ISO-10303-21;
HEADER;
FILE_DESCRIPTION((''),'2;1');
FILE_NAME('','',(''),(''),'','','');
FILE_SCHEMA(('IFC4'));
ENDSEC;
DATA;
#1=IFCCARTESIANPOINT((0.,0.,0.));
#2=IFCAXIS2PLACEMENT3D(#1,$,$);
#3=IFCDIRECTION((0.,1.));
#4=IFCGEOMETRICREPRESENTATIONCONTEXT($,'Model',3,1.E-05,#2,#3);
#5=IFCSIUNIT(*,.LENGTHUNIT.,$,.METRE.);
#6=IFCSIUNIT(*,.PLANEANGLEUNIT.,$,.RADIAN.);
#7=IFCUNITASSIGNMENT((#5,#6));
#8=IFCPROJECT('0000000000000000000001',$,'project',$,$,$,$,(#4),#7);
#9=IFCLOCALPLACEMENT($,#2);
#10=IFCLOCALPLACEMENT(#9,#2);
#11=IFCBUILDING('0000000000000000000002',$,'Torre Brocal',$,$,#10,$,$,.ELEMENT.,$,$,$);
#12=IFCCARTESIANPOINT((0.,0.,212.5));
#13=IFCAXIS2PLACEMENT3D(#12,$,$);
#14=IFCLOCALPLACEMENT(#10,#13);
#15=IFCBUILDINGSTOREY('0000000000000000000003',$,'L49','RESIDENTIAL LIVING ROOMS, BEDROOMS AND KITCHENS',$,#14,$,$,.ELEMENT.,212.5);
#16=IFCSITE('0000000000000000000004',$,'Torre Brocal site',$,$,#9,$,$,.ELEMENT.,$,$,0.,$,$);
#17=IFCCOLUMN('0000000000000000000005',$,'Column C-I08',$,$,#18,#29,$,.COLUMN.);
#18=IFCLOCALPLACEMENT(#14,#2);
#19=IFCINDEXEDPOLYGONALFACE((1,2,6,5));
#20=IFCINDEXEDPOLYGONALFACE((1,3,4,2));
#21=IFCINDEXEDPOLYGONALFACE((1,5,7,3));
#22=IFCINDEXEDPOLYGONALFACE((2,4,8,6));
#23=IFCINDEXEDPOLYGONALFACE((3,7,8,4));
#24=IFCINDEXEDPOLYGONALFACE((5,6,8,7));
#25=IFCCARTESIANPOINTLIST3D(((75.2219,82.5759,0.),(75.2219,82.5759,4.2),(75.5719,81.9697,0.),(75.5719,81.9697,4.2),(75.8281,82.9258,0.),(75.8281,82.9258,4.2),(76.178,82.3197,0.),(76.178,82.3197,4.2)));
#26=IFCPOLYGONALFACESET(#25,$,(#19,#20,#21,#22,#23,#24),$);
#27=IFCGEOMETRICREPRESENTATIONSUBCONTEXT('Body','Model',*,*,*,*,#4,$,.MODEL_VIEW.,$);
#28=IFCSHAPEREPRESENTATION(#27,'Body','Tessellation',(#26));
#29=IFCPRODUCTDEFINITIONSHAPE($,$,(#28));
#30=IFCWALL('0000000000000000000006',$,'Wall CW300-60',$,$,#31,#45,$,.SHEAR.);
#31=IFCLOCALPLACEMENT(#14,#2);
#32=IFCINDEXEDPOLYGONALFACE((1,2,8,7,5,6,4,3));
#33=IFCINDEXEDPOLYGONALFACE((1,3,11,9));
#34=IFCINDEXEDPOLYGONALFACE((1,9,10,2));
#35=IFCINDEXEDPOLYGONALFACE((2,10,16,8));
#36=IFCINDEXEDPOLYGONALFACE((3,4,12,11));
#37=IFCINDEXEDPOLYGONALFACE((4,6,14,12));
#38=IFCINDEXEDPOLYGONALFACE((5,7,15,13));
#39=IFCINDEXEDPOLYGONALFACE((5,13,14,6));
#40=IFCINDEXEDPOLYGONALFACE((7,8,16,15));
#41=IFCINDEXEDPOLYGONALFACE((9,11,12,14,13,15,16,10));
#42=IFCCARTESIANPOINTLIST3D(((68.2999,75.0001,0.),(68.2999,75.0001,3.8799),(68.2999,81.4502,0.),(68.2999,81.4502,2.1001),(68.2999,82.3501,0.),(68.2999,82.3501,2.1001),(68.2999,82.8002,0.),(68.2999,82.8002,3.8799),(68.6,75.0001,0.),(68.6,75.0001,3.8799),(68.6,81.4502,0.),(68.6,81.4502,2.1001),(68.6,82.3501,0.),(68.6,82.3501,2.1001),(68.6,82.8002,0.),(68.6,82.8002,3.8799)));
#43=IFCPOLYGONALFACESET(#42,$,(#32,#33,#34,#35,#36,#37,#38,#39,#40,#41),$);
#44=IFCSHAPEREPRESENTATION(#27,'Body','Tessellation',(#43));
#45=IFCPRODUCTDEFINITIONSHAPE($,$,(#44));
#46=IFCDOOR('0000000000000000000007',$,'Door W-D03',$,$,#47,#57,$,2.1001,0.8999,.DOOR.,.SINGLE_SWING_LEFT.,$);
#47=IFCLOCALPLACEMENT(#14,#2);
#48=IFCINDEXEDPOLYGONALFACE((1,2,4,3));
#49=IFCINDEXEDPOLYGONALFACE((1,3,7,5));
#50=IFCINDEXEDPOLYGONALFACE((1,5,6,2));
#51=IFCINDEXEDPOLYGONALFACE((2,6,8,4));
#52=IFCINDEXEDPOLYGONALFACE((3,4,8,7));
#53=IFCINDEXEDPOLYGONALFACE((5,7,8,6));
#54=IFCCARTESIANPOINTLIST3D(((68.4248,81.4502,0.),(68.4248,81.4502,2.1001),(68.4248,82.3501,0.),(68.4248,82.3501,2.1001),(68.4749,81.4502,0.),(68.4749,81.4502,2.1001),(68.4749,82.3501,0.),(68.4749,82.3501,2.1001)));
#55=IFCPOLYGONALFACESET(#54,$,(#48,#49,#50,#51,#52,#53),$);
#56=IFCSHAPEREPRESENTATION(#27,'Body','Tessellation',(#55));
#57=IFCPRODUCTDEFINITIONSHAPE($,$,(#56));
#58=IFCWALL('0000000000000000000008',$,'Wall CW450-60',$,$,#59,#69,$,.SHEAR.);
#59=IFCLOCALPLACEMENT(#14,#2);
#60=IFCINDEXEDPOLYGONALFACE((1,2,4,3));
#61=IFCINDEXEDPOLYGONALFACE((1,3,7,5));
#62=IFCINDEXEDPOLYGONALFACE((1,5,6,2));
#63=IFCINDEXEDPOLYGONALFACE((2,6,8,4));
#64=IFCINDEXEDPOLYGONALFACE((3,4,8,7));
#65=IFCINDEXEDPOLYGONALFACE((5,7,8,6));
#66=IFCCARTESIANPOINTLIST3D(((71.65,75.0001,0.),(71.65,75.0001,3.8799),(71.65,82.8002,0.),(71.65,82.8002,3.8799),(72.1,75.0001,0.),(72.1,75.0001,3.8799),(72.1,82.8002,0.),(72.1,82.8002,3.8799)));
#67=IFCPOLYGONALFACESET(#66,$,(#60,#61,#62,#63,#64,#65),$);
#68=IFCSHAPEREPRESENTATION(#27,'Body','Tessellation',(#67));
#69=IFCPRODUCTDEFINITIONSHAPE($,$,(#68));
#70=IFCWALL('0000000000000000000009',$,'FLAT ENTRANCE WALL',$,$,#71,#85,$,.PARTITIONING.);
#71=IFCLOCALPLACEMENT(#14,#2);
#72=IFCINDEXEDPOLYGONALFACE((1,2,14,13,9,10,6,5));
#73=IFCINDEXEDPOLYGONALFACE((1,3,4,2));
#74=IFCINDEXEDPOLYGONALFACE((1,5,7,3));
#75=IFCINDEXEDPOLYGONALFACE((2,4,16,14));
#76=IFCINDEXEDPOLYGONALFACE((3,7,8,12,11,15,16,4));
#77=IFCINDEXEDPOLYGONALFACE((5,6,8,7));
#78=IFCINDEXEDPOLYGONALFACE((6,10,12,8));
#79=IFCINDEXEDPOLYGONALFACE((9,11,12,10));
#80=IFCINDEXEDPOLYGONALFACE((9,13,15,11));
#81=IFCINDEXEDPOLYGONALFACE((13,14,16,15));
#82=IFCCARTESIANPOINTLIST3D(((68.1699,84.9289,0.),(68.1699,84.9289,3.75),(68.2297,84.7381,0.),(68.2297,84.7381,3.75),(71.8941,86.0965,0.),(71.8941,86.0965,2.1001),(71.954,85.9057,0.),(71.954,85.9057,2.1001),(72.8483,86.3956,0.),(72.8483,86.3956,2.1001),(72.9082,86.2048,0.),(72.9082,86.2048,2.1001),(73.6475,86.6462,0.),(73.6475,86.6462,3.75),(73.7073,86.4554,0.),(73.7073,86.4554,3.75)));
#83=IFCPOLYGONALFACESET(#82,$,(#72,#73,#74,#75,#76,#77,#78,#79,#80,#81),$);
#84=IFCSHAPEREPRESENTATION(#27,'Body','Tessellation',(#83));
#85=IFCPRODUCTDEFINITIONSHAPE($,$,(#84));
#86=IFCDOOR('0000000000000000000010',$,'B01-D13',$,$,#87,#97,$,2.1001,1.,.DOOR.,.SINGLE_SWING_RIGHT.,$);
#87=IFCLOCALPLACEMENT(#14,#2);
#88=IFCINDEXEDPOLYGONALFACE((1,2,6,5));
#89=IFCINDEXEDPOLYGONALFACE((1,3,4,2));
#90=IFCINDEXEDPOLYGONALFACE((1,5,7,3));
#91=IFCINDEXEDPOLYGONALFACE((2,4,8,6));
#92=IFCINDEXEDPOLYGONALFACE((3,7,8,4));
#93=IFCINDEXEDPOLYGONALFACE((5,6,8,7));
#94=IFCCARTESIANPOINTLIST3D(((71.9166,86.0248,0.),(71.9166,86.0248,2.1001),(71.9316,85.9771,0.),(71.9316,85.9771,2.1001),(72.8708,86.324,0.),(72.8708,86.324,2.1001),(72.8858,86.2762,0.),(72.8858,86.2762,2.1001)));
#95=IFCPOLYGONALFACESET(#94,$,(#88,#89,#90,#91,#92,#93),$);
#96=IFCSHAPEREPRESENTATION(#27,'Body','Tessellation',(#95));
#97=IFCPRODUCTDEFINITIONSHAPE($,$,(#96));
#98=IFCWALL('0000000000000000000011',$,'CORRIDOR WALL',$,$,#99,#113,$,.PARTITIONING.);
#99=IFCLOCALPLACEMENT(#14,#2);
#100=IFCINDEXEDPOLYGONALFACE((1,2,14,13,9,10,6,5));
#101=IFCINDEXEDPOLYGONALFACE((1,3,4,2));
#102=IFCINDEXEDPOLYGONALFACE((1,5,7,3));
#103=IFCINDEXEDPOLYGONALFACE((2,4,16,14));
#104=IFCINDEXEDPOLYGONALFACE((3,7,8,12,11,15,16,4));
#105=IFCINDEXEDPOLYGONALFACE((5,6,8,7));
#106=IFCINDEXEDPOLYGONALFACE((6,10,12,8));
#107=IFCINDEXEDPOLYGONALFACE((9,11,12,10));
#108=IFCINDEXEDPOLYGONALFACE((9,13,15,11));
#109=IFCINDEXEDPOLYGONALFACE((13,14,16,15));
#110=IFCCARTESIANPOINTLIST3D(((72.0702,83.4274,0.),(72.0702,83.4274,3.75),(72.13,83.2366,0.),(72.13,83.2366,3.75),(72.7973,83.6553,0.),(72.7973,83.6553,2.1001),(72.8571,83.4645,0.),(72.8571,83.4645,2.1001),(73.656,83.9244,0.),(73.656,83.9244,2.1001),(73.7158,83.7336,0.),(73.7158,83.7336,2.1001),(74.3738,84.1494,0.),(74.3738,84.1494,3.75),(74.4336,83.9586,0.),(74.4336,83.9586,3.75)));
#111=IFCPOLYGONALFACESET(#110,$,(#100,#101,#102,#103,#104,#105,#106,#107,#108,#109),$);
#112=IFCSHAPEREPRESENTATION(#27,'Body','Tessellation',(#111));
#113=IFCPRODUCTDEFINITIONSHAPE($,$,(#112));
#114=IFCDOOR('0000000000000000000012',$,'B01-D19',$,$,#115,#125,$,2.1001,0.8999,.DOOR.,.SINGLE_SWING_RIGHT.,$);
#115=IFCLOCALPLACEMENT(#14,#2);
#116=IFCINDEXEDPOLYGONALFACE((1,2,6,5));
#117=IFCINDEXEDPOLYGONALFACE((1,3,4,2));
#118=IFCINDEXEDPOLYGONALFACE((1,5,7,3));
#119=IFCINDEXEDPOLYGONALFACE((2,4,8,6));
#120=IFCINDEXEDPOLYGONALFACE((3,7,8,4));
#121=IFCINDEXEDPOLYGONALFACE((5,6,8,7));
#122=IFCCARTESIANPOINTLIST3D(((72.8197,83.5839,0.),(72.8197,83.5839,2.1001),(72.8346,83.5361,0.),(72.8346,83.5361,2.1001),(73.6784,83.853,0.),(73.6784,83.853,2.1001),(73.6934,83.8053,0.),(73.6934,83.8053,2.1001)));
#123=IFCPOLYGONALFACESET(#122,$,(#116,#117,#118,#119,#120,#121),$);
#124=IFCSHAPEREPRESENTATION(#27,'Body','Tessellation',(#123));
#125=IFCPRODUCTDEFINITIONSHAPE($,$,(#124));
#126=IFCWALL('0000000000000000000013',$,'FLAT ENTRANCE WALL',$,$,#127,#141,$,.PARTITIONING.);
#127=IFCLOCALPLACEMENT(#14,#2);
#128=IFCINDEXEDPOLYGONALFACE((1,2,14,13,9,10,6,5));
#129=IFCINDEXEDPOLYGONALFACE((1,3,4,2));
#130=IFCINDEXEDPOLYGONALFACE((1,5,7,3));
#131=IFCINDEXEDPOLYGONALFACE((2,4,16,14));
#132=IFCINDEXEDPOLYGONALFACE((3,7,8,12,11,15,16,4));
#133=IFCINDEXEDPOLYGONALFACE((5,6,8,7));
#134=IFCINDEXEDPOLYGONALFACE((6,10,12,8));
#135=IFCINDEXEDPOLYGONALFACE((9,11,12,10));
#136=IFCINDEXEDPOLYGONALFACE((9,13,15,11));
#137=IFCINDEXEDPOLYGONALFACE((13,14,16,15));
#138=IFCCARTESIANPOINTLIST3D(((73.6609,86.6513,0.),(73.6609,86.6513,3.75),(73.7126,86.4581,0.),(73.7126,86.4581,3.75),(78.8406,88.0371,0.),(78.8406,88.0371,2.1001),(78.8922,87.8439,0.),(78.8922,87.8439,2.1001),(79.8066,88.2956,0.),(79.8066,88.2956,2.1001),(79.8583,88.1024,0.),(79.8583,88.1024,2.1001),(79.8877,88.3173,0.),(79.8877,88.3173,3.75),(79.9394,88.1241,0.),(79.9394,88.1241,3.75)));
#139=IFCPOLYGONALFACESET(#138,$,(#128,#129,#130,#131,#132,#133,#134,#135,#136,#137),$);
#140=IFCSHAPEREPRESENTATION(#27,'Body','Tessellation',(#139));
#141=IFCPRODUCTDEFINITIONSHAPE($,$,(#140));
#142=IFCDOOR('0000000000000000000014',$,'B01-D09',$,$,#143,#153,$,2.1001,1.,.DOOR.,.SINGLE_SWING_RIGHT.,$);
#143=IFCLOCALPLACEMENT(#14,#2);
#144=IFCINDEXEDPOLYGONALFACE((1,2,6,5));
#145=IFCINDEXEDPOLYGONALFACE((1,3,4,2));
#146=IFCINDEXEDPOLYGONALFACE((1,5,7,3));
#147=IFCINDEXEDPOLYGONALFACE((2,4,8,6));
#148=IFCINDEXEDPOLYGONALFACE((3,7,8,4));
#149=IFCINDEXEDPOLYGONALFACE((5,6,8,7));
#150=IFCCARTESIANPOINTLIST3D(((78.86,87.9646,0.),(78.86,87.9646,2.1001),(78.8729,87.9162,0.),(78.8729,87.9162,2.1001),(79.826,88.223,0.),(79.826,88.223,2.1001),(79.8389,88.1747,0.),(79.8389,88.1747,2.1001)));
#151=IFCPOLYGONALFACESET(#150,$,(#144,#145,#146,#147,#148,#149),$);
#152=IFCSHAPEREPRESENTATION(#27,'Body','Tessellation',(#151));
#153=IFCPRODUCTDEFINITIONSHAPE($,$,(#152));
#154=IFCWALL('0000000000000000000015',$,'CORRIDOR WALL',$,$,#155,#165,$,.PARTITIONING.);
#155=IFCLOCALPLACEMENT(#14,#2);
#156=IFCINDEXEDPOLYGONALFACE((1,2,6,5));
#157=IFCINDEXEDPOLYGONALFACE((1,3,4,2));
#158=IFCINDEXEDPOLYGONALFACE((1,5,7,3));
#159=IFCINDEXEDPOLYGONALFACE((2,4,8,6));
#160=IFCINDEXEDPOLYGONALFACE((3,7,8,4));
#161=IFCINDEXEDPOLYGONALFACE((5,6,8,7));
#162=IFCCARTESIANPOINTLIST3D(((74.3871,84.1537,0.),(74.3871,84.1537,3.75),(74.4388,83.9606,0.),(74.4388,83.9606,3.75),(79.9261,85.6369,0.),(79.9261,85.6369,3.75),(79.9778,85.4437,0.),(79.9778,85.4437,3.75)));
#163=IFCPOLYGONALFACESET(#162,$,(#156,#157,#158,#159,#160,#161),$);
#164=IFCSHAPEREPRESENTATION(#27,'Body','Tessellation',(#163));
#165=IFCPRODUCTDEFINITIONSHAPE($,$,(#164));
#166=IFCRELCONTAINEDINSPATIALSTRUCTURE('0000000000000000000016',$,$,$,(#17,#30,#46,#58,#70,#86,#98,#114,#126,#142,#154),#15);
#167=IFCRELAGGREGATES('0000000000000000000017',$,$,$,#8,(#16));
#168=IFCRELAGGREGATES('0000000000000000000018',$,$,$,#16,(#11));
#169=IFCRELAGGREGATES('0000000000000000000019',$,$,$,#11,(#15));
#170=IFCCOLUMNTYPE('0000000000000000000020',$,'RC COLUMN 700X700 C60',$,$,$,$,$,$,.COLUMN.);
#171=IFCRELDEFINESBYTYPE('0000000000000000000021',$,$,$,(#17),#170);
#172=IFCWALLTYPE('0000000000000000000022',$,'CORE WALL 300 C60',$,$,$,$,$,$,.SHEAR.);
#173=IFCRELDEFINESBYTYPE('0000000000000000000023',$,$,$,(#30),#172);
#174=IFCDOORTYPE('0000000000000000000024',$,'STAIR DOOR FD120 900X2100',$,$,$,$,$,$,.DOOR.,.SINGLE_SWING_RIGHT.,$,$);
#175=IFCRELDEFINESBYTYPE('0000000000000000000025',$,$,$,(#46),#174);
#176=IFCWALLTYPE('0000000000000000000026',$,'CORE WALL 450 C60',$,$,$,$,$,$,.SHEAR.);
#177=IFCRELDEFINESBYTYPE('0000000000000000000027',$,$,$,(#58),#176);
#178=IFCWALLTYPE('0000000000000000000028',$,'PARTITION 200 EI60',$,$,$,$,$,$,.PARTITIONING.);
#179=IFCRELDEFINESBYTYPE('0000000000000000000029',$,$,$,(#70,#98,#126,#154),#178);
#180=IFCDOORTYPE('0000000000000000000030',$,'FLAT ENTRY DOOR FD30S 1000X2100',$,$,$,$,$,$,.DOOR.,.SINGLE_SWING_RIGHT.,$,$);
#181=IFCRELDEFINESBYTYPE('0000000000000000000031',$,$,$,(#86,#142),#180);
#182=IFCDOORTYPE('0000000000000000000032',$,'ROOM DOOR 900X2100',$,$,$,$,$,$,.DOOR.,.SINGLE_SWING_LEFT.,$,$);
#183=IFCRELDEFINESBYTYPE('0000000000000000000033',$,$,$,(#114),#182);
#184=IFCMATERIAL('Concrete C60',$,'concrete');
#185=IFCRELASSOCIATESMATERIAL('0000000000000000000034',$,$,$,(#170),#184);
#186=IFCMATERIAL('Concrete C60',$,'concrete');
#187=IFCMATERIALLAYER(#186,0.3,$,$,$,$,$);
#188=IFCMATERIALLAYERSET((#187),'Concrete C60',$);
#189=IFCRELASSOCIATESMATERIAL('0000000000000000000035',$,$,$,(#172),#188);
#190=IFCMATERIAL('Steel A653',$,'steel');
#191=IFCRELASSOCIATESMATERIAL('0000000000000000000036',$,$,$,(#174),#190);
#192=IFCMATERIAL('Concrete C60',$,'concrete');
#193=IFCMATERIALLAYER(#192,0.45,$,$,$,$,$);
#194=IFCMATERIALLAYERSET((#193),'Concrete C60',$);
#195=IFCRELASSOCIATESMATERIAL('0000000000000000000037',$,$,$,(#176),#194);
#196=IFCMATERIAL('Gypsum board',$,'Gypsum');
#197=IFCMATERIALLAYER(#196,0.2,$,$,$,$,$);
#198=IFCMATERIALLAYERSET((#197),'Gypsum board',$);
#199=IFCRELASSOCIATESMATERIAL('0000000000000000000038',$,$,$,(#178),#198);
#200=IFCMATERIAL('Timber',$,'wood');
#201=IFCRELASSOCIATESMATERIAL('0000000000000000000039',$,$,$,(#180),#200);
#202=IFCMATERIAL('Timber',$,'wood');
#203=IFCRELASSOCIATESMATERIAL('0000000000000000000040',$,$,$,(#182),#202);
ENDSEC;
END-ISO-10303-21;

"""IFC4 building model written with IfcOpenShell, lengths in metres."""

from ifc_helpers import new_model, si_unit, direction, frame, frame_2d, origin, origin_2d, place, context, subcontext, project, spatial, rectangle, extrude, material, layer, layer_set, material_profile, profile_set, type_object, element, fill, save


model = new_model("IFC4")

# Units and contexts
model_context = context("Model", 3, precision=1e-05, world=origin(), true_north=direction((0.0, 1.0)))
body_context = subcontext(model_context, "Body", "Model", "MODEL_VIEW")
ifc_project = project(units=[si_unit("LENGTHUNIT", "METRE"), si_unit("PLANEANGLEUNIT", "RADIAN")], contexts=[model_context])

# Site, building, storey
site_placement = place(None, origin())
site = spatial("IfcSite", under=ifc_project, at=site_placement, Name="Torre Brocal site", CompositionType="ELEMENT", RefElevation=0.0)
building_placement = place(site_placement, origin())
building = spatial("IfcBuilding", under=site, at=building_placement, Name="Torre Brocal", CompositionType="ELEMENT")
storey_placement = place(building_placement, frame((0.0, 0.0, 212.5)))
storey = spatial("IfcBuildingStorey", under=building, at=storey_placement, Name="L49", Description="RESIDENTIAL LIVING ROOMS, BEDROOMS AND KITCHENS", CompositionType="ELEMENT", Elevation=212.5)

# Column
ifc_material_1 = material(Name="Concrete C60", Category="concrete")
ifc_material_profile = material_profile(ifc_material_1, rectangle(XDim=0.7, YDim=0.7, at=origin_2d()), Name="RC 700X700")
ifc_profile_set = profile_set([ifc_material_profile], Name="Concrete C60")
column_type = type_object("IfcColumnType", Name="RC COLUMN 700X700 C60", PredefinedType="COLUMN", material=ifc_profile_set)
column_placement = place(storey_placement, frame((75.7, 82.4478, 0.0), z_axis=(0.0, 0.0, 1.0), x_axis=(-0.5, 0.866025, 0.0)))
element("IfcColumn", 1, at=column_placement, inside=storey, type_object=column_type, Name="Column C-I08", PredefinedType="COLUMN", context=body_context, shape_type="SweptSolid", body=[
    extrude(rectangle(XDim=0.7, YDim=0.7, at=origin_2d()), origin(), (0.0, 0.0, 1.0), 4.2),
])

# Wall, opening, door
ifc_material_2 = material(Name="Concrete C60", Category="concrete")
ifc_layer_1 = layer(ifc_material_2, 0.3)
ifc_layer_set_1 = layer_set([ifc_layer_1], Name="Concrete C60")
wall_type_1 = type_object("IfcWallType", Name="CORE WALL 300 C60", PredefinedType="SHEAR", material=ifc_layer_set_1)
wall_1_placement = place(storey_placement, frame((68.45, 82.8, 0.0), z_axis=(0.0, 0.0, 1.0), x_axis=(0.0, -1.0, 0.0)))
wall_1 = element("IfcWall", 2, at=wall_1_placement, inside=storey, type_object=wall_type_1, Name="Wall CW300-60", PredefinedType="SHEAR", context=body_context, shape_type="SweptSolid", body=[
    extrude(rectangle(XDim=7.8, YDim=0.3, at=frame_2d((3.8999, 0.0))), origin(), (0.0, 0.0, 1.0), 3.8799),
])
opening_1_placement = place(wall_1_placement, frame((0.45, 0.0, 0.0)))
opening_1 = element("IfcOpeningElement", 3, at=opening_1_placement, cuts=wall_1, PredefinedType="OPENING", context=body_context, shape_type="SweptSolid", body=[
    extrude(rectangle(XDim=0.8999, YDim=2.1001, at=frame_2d((0.45, 1.05))), frame((0.0, 0.1599, 0.0), z_axis=(0.0, -1.0, 0.0), x_axis=(1.0, 0.0, 0.0)), (0.0, 0.0, 1.0), 0.3201),
])
ifc_material_3 = material(Name="Steel A653", Category="steel")
door_type_1 = type_object("IfcDoorType", Name="STAIR DOOR FD120 900X2100", OperationType="SINGLE_SWING_RIGHT", PredefinedType="DOOR", material=ifc_material_3)
door_1_placement = place(opening_1_placement, origin())
door_1 = element("IfcDoor", 4, at=door_1_placement, inside=storey, type_object=door_type_1, Name="Door W-D03", OperationType="SINGLE_SWING_LEFT", OverallHeight=2.1001, OverallWidth=0.8999, PredefinedType="DOOR", context=body_context, shape_type="SweptSolid", body=[
    extrude(rectangle(XDim=0.8999, YDim=2.1001, at=frame_2d((0.45, 1.05))), frame((0.0, 0.0249, 0.0), z_axis=(0.0, -1.0, 0.0), x_axis=(1.0, 0.0, 0.0)), (0.0, 0.0, 1.0), 0.05),
])
fill(opening_1, door_1)

# Wall
ifc_material_4 = material(Name="Concrete C60", Category="concrete")
ifc_layer_2 = layer(ifc_material_4, 0.45)
ifc_layer_set_2 = layer_set([ifc_layer_2], Name="Concrete C60")
wall_type_2 = type_object("IfcWallType", Name="CORE WALL 450 C60", PredefinedType="SHEAR", material=ifc_layer_set_2)
wall_2_placement = place(storey_placement, frame((71.875, 82.8, 0.0), z_axis=(0.0, 0.0, 1.0), x_axis=(0.0, -1.0, 0.0)))
element("IfcWall", 5, at=wall_2_placement, inside=storey, type_object=wall_type_2, Name="Wall CW450-60", PredefinedType="SHEAR", context=body_context, shape_type="SweptSolid", body=[
    extrude(rectangle(XDim=7.8, YDim=0.45, at=frame_2d((3.8999, 0.0))), origin(), (0.0, 0.0, 1.0), 3.8799),
])

# Walls, openings, doors
ifc_material_5 = material(Name="Gypsum board", Category="Gypsum")
ifc_layer_3 = layer(ifc_material_5, 0.2)
ifc_layer_set_3 = layer_set([ifc_layer_3], Name="Gypsum board")
wall_type_3 = type_object("IfcWallType", Name="PARTITION 200 EI60", PredefinedType="PARTITIONING", material=ifc_layer_set_3)
wall_3_placement = place(storey_placement, frame((68.2, 84.8335, 0.0), z_axis=(0.0, 0.0, 1.0), x_axis=(0.954204, 0.299156, 0.0)))
wall_3 = element("IfcWall", 6, at=wall_3_placement, inside=storey, type_object=wall_type_3, Name="FLAT ENTRANCE WALL", PredefinedType="PARTITIONING", context=body_context, shape_type="SweptSolid", body=[
    extrude(rectangle(XDim=5.7405, YDim=0.2, at=frame_2d((2.8701, 0.0))), origin(), (0.0, 0.0, 1.0), 3.75),
])
opening_2_placement = place(wall_3_placement, frame((3.9028, 0.0, 0.0)))
opening_2 = element("IfcOpeningElement", 7, at=opening_2_placement, cuts=wall_3, PredefinedType="OPENING", context=body_context, shape_type="SweptSolid", body=[
    extrude(rectangle(XDim=1.0, YDim=2.1001, at=frame_2d((0.5, 1.05))), frame((0.0, 0.1099, 0.0), z_axis=(0.0, -1.0, 0.0), x_axis=(1.0, 0.0, 0.0)), (0.0, 0.0, 1.0), 0.22),
])
ifc_material_6 = material(Name="Timber", Category="wood")
door_type_2 = type_object("IfcDoorType", Name="FLAT ENTRY DOOR FD30S 1000X2100", OperationType="SINGLE_SWING_RIGHT", PredefinedType="DOOR", material=ifc_material_6)
door_2_placement = place(opening_2_placement, origin())
door_2 = element("IfcDoor", 8, at=door_2_placement, inside=storey, type_object=door_type_2, Name="B01-D13", OperationType="SINGLE_SWING_RIGHT", OverallHeight=2.1001, OverallWidth=1.0, PredefinedType="DOOR", context=body_context, shape_type="SweptSolid", body=[
    extrude(rectangle(XDim=1.0, YDim=2.1001, at=frame_2d((0.5, 1.05))), frame((0.0, 0.0249, 0.0), z_axis=(0.0, -1.0, 0.0), x_axis=(1.0, 0.0, 0.0)), (0.0, 0.0, 1.0), 0.05),
])
fill(opening_2, door_2)
wall_4_placement = place(storey_placement, frame((72.1001, 83.332, 0.0), z_axis=(0.0, 0.0, 1.0), x_axis=(0.954233, 0.299064, 0.0)))
wall_4 = element("IfcWall", 9, at=wall_4_placement, inside=storey, type_object=wall_type_3, Name="CORRIDOR WALL", PredefinedType="PARTITIONING", context=body_context, shape_type="SweptSolid", body=[
    extrude(rectangle(XDim=2.4141, YDim=0.2, at=frame_2d((1.207, 0.0))), origin(), (0.0, 0.0, 1.0), 3.75),
])
opening_3_placement = place(wall_4_placement, frame((0.762, 0.0, 0.0)))
opening_3 = element("IfcOpeningElement", 10, at=opening_3_placement, cuts=wall_4, PredefinedType="OPENING", context=body_context, shape_type="SweptSolid", body=[
    extrude(rectangle(XDim=0.8999, YDim=2.1001, at=frame_2d((0.45, 1.05))), frame((0.0, 0.1099, 0.0), z_axis=(0.0, -1.0, 0.0), x_axis=(1.0, 0.0, 0.0)), (0.0, 0.0, 1.0), 0.22),
])
ifc_material_7 = material(Name="Timber", Category="wood")
door_type_3 = type_object("IfcDoorType", Name="ROOM DOOR 900X2100", OperationType="SINGLE_SWING_LEFT", PredefinedType="DOOR", material=ifc_material_7)
door_3_placement = place(opening_3_placement, frame((0.8999, 0.0, 0.0), z_axis=(0.0, 0.0, 1.0), x_axis=(-1.0, 0.0, 0.0)))
door_3 = element("IfcDoor", 11, at=door_3_placement, inside=storey, type_object=door_type_3, Name="B01-D19", OperationType="SINGLE_SWING_RIGHT", OverallHeight=2.1001, OverallWidth=0.8999, PredefinedType="DOOR", context=body_context, shape_type="SweptSolid", body=[
    extrude(rectangle(XDim=0.8999, YDim=2.1001, at=frame_2d((0.45, 1.05))), frame((0.0, 0.0249, 0.0), z_axis=(0.0, -1.0, 0.0), x_axis=(1.0, 0.0, 0.0)), (0.0, 0.0, 1.0), 0.05),
])
fill(opening_3, door_3)
wall_5_placement = place(storey_placement, frame((73.6868, 86.5547, 0.0), z_axis=(0.0, 0.0, 1.0), x_axis=(0.966021, 0.258464, 0.0)))
wall_5 = element("IfcWall", 12, at=wall_5_placement, inside=storey, type_object=wall_type_3, Name="FLAT ENTRANCE WALL", PredefinedType="PARTITIONING", context=body_context, shape_type="SweptSolid", body=[
    extrude(rectangle(XDim=6.4458, YDim=0.2, at=frame_2d((3.2229, 0.0))), origin(), (0.0, 0.0, 1.0), 3.75),
])
opening_4_placement = place(wall_5_placement, frame((5.3618, 0.0, 0.0)))
opening_4 = element("IfcOpeningElement", 13, at=opening_4_placement, cuts=wall_5, PredefinedType="OPENING", context=body_context, shape_type="SweptSolid", body=[
    extrude(rectangle(XDim=1.0, YDim=2.1001, at=frame_2d((0.5, 1.05))), frame((0.0, 0.1099, 0.0), z_axis=(0.0, -1.0, 0.0), x_axis=(1.0, 0.0, 0.0)), (0.0, 0.0, 1.0), 0.22),
])
door_4_placement = place(opening_4_placement, origin())
door_4 = element("IfcDoor", 14, at=door_4_placement, inside=storey, type_object=door_type_2, Name="B01-D09", OperationType="SINGLE_SWING_RIGHT", OverallHeight=2.1001, OverallWidth=1.0, PredefinedType="DOOR", context=body_context, shape_type="SweptSolid", body=[
    extrude(rectangle(XDim=1.0, YDim=2.1001, at=frame_2d((0.5, 1.05))), frame((0.0, 0.0249, 0.0), z_axis=(0.0, -1.0, 0.0), x_axis=(1.0, 0.0, 0.0)), (0.0, 0.0, 1.0), 0.05),
])
fill(opening_4, door_4)

# Wall
wall_6_placement = place(storey_placement, frame((74.4128, 84.0571, 0.0), z_axis=(0.0, 0.0, 1.0), x_axis=(0.965971, 0.258651, 0.0)))
element("IfcWall", 15, at=wall_6_placement, inside=storey, type_object=wall_type_3, Name="CORRIDOR WALL", PredefinedType="PARTITIONING", context=body_context, shape_type="SweptSolid", body=[
    extrude(rectangle(XDim=5.7341, YDim=0.2, at=frame_2d((2.8672, 0.0))), origin(), (0.0, 0.0, 1.0), 3.75),
])

save(model, "model.ifc")
